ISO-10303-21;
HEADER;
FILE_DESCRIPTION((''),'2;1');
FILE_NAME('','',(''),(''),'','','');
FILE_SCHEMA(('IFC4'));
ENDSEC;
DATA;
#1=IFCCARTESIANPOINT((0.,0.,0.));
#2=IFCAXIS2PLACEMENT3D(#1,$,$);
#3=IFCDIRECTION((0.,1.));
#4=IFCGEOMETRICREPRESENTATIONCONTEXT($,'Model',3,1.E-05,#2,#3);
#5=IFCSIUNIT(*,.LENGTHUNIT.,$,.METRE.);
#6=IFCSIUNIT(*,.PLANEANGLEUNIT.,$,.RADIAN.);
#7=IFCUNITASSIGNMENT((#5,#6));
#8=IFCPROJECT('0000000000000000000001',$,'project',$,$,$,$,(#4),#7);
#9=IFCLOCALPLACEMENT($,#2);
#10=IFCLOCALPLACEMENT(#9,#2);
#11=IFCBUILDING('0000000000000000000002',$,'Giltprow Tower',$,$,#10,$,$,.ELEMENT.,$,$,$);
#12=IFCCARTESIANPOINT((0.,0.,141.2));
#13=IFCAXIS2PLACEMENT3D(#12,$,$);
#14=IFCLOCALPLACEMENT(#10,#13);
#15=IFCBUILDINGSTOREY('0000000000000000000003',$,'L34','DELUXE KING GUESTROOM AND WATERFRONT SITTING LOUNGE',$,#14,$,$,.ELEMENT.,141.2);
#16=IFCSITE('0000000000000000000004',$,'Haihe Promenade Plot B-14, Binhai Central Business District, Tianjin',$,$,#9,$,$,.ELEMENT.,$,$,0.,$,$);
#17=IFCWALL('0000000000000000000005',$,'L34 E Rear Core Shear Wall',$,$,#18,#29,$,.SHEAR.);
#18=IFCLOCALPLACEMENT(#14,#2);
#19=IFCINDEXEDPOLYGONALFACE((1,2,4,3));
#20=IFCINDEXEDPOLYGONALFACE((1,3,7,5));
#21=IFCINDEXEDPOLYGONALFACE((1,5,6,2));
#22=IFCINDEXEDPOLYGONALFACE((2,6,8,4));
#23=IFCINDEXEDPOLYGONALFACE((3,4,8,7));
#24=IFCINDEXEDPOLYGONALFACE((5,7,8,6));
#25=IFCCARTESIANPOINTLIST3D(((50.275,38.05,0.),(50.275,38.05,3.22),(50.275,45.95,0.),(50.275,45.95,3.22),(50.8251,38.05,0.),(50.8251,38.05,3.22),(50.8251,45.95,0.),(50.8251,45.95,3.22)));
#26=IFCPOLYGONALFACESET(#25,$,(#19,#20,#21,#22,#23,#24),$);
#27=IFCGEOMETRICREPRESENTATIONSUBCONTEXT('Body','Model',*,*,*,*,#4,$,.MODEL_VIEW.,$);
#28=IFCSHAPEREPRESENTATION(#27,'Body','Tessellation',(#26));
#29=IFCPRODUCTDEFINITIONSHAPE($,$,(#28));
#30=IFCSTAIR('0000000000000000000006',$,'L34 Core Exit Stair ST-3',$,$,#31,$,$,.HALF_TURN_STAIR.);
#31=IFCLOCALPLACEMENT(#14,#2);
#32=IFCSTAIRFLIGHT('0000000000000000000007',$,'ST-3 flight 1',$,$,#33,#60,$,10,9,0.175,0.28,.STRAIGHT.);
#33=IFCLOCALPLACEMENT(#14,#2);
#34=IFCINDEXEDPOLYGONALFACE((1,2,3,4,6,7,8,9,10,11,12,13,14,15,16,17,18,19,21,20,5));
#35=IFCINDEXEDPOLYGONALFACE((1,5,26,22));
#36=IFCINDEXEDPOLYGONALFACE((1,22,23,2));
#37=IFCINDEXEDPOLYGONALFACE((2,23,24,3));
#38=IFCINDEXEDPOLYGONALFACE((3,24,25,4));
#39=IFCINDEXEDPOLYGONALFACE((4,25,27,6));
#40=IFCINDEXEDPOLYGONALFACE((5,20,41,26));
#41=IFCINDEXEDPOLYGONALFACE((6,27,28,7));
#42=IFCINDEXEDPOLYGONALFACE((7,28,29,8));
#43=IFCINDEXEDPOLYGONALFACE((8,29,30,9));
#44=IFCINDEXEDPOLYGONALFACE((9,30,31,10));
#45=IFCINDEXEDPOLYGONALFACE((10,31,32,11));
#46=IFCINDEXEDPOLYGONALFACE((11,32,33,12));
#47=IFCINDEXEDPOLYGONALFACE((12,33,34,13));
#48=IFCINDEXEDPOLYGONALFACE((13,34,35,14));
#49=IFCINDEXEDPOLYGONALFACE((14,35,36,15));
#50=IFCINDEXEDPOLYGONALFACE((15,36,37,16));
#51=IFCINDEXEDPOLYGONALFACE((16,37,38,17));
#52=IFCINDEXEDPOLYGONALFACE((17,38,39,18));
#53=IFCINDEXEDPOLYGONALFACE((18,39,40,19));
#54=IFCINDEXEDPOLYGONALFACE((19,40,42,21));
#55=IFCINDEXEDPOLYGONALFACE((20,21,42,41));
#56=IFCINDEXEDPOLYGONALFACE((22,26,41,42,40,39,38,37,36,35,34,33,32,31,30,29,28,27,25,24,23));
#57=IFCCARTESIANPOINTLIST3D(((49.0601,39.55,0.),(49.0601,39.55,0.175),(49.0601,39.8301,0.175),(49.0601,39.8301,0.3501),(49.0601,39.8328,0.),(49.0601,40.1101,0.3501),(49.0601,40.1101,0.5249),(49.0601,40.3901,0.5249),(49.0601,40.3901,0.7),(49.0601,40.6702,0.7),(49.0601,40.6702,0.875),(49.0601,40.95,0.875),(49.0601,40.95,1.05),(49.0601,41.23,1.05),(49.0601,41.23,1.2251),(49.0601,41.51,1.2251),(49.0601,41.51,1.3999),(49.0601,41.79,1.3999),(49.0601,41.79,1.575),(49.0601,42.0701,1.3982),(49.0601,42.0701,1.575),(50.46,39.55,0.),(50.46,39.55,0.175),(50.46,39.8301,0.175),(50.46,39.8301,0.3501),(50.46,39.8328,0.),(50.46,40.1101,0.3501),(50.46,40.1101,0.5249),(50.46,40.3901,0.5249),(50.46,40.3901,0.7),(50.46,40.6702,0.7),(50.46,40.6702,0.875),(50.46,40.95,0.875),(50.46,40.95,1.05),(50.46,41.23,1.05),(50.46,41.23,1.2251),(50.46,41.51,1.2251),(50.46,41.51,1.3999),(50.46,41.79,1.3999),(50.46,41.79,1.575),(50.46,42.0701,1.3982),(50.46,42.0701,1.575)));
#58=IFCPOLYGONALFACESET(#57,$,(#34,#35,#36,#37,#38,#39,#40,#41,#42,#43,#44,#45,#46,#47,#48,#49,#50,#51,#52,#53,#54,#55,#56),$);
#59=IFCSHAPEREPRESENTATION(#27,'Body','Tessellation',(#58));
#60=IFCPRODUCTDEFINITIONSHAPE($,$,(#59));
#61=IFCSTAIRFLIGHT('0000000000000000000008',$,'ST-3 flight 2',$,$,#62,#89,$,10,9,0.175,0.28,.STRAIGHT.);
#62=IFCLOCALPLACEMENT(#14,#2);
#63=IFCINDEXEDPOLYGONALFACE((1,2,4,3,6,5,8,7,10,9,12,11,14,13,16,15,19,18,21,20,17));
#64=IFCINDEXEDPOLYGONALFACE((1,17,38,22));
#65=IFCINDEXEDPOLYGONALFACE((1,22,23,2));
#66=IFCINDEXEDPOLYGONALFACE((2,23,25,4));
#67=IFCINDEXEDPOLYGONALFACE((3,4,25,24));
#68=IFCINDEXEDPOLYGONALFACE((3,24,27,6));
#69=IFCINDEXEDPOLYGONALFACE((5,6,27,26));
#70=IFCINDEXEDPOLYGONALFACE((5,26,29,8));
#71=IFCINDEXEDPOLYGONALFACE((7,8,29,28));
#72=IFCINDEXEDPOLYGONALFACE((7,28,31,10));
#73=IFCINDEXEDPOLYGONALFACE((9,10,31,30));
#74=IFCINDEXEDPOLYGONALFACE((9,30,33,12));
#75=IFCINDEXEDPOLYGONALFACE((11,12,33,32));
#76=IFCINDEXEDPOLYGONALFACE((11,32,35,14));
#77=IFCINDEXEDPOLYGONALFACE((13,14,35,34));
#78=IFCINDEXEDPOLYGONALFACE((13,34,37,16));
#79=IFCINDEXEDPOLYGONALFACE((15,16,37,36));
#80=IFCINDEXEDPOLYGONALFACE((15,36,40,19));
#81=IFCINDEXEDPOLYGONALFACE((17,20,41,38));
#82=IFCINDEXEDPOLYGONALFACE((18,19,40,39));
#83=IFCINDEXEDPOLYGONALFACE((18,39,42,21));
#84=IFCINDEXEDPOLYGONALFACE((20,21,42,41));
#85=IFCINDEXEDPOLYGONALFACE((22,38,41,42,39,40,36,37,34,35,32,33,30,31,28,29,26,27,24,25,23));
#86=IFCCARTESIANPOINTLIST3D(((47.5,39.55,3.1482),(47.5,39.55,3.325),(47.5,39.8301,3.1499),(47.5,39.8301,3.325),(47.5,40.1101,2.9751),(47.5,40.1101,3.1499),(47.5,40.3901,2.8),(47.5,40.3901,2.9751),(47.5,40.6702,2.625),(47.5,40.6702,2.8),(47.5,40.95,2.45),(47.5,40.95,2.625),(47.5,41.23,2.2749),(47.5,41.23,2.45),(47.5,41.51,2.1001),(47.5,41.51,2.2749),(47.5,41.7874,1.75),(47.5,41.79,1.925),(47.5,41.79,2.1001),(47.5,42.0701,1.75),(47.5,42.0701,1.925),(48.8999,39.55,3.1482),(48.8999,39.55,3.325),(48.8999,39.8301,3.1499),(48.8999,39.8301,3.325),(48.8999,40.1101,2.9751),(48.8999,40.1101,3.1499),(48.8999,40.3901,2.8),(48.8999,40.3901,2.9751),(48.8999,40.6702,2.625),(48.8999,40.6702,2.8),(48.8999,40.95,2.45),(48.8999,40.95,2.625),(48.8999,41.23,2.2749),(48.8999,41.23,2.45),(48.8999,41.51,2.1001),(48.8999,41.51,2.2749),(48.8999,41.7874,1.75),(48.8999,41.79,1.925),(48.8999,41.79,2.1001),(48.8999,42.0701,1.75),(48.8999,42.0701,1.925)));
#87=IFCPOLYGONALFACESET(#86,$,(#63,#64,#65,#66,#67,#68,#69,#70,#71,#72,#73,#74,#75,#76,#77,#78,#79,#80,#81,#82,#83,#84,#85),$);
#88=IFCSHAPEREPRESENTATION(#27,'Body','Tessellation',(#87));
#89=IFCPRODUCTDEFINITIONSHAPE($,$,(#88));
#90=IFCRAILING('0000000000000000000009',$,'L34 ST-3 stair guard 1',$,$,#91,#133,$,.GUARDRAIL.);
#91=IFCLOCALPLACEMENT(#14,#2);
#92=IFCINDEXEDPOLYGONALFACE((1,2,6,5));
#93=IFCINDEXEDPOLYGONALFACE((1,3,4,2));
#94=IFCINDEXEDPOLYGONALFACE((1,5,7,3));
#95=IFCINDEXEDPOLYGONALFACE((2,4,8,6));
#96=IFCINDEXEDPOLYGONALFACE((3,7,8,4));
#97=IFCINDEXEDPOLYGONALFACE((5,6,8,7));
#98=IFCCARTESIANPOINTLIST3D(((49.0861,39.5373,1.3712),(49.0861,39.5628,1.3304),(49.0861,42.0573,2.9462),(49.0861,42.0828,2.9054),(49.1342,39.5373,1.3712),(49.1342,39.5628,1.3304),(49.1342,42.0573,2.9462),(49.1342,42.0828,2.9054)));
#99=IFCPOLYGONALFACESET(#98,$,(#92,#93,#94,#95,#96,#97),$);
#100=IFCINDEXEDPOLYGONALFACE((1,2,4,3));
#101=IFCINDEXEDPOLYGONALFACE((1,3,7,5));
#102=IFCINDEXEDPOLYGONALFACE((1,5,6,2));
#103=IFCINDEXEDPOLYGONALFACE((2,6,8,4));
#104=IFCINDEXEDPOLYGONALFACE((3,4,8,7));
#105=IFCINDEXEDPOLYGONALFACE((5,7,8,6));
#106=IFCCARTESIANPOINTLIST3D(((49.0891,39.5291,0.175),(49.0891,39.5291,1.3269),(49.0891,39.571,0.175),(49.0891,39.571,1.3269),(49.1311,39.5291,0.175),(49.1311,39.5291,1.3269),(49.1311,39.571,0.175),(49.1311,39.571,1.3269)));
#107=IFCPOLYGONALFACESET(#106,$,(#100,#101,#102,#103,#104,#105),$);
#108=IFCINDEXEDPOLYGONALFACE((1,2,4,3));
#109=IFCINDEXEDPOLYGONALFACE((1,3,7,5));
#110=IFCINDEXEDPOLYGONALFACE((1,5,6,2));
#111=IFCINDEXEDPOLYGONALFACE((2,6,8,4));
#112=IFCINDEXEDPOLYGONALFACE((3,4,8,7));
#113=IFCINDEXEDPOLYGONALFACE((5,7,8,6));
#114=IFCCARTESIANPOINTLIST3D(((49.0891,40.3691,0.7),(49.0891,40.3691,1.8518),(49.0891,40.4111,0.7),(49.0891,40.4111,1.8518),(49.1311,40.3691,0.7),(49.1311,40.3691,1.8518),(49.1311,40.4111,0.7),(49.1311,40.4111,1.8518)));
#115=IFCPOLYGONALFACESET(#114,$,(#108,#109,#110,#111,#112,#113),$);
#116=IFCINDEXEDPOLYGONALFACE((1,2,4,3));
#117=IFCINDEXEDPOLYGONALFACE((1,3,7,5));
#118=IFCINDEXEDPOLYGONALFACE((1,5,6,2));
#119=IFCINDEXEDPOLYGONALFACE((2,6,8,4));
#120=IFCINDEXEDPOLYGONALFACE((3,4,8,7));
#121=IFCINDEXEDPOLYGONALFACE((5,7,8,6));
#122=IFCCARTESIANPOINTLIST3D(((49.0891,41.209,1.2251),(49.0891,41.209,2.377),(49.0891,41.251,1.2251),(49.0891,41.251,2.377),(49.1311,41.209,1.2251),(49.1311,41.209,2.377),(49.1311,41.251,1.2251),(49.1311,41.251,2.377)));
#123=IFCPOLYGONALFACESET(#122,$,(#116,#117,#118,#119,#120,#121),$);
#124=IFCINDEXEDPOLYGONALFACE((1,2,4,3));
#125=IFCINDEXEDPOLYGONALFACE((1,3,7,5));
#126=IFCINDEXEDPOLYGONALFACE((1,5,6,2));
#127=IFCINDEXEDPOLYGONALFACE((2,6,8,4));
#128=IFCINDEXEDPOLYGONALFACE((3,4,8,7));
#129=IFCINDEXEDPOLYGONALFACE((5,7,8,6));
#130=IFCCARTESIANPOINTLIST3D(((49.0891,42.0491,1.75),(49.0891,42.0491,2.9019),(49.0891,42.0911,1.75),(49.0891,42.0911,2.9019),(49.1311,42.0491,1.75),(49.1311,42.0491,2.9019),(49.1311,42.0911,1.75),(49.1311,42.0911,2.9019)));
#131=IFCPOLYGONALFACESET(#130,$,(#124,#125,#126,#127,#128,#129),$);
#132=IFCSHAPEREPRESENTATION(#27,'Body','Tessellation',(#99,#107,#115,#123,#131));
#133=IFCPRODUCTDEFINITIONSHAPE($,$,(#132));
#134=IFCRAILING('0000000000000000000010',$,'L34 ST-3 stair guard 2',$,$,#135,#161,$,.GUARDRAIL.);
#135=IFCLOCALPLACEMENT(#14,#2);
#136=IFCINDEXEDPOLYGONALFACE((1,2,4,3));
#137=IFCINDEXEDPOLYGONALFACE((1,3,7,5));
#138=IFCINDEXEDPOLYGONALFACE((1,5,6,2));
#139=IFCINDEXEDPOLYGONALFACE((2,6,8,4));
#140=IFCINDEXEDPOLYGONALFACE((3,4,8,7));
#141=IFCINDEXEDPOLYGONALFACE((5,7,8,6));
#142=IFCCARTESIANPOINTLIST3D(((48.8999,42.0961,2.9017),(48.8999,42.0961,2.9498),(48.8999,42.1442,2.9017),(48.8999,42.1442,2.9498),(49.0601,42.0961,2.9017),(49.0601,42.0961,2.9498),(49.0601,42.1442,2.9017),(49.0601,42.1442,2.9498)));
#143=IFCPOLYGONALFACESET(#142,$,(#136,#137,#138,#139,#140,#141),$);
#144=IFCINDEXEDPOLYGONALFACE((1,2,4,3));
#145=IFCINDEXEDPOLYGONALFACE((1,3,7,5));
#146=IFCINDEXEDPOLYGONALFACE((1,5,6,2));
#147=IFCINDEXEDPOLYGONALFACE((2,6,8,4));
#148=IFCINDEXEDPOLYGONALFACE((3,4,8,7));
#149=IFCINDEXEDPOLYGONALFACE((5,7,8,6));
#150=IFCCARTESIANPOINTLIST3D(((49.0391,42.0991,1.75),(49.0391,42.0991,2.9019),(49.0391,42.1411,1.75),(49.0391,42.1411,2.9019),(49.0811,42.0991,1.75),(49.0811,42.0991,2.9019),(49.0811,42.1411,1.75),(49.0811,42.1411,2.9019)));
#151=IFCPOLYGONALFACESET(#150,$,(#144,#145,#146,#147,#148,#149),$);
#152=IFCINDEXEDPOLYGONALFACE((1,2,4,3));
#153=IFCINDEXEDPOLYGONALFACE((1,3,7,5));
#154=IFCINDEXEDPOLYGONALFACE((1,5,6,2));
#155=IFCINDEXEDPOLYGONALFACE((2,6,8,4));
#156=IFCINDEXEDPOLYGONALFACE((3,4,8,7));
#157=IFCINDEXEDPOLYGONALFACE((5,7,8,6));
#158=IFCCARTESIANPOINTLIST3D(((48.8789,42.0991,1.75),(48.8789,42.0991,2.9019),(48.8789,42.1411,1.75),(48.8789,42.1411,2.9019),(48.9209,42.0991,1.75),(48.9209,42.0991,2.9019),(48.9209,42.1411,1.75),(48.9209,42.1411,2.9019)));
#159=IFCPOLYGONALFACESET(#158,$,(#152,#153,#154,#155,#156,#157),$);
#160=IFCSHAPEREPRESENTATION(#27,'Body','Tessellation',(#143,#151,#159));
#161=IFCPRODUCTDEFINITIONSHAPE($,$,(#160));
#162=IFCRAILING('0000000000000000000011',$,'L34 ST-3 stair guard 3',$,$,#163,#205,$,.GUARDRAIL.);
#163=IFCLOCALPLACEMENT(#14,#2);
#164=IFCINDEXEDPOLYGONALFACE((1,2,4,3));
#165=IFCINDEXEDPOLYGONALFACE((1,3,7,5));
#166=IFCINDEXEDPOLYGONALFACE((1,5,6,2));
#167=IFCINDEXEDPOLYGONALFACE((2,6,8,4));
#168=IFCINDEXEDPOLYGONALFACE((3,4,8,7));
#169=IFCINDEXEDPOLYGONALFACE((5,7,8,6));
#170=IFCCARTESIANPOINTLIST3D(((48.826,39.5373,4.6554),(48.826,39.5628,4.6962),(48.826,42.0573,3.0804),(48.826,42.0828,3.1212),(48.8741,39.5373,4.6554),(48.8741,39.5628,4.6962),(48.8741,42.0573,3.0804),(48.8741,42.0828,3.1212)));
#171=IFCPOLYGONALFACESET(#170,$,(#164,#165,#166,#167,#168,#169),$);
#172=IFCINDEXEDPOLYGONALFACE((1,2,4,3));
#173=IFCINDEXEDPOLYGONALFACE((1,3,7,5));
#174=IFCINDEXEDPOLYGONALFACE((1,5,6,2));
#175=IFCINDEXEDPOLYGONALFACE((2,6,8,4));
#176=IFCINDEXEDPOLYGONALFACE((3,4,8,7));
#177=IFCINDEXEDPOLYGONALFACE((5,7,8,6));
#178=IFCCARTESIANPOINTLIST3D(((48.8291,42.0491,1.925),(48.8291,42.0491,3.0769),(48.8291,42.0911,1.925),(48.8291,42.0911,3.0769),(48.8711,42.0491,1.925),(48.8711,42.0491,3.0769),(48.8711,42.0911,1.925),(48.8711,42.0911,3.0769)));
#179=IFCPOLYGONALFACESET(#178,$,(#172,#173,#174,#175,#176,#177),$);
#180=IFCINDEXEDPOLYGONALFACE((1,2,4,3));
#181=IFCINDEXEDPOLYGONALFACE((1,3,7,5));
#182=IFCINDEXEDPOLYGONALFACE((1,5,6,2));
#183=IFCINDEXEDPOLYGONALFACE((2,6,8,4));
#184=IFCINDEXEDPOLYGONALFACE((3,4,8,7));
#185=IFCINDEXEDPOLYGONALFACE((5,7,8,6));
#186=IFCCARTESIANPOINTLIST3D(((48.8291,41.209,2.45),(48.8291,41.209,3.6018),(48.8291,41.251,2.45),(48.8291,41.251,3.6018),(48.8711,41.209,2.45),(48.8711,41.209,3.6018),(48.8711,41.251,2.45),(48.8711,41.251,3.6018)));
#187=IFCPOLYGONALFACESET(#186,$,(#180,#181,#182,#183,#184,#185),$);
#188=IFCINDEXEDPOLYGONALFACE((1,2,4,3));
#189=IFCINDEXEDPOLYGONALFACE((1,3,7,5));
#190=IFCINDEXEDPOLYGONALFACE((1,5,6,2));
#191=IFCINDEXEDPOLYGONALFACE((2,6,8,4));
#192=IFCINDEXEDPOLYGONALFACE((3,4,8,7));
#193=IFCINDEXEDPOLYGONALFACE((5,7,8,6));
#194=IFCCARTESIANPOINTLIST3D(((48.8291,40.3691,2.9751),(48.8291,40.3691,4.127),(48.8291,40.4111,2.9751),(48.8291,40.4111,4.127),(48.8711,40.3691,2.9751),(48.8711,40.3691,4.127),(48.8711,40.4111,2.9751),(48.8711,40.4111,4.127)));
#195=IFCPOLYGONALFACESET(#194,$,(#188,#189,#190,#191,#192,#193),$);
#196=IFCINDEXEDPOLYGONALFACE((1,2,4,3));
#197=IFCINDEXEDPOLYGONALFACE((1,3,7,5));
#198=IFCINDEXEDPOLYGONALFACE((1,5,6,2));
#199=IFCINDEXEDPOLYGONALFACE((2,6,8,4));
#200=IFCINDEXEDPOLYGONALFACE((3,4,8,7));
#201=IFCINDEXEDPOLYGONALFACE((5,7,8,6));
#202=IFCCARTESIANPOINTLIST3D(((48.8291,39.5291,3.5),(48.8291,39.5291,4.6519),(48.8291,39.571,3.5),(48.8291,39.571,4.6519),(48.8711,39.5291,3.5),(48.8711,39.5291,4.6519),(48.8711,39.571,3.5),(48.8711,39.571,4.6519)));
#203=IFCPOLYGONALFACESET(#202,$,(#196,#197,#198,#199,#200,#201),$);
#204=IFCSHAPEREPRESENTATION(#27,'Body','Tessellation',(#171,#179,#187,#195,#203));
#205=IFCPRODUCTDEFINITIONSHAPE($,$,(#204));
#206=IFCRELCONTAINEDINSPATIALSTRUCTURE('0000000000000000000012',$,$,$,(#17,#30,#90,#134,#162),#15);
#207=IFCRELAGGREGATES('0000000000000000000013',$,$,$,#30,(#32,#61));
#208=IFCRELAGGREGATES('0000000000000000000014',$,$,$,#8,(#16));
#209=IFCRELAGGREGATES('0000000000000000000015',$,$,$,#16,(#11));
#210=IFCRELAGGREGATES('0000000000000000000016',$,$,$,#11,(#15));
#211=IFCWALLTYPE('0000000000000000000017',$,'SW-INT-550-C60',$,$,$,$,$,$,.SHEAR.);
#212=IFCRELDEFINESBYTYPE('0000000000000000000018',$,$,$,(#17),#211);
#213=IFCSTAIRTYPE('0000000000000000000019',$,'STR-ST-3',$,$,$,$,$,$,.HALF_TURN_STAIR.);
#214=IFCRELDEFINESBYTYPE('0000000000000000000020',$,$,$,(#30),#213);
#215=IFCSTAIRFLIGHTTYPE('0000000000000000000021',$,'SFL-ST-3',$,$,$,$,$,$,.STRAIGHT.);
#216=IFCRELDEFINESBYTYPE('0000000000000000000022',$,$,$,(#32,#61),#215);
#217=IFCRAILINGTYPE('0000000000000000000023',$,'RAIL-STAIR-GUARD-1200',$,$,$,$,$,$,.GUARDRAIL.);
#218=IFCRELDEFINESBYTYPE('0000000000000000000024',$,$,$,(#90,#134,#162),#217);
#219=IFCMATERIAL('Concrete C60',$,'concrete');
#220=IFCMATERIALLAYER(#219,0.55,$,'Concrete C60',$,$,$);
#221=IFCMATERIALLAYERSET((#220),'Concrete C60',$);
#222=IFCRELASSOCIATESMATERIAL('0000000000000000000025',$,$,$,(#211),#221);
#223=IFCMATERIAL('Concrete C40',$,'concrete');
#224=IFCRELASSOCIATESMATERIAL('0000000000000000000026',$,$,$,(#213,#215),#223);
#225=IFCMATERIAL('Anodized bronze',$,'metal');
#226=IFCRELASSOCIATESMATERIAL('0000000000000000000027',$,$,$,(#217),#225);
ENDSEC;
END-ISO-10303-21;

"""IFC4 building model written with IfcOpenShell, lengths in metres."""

from ifc_helpers import new_model, si_unit, direction, frame, frame_2d, origin, origin_2d, place, context, subcontext, project, spatial, polyline, rectangle, outline, extrude, material, layer, layer_set, type_object, element, aggregate, save


model = new_model("IFC4")

# Units and contexts
model_context = context("Model", 3, precision=1e-05, world=origin(), true_north=direction((0.0, 1.0)))
body_context = subcontext(model_context, "Body", "Model", "MODEL_VIEW")
ifc_project = project(units=[si_unit("LENGTHUNIT", "METRE"), si_unit("PLANEANGLEUNIT", "RADIAN")], contexts=[model_context])

# Site, building, storey
site_placement = place(None, origin())
site = spatial("IfcSite", under=ifc_project, at=site_placement, Name="Haihe Promenade Plot B-14, Binhai Central Business District, Tianjin", CompositionType="ELEMENT", RefElevation=0.0)
building_placement = place(site_placement, origin())
building = spatial("IfcBuilding", under=site, at=building_placement, Name="Giltprow Tower", CompositionType="ELEMENT")
storey_placement = place(building_placement, frame((0.0, 0.0, 141.2)))
storey = spatial("IfcBuildingStorey", under=building, at=storey_placement, Name="L34", Description="DELUXE KING GUESTROOM AND WATERFRONT SITTING LOUNGE", CompositionType="ELEMENT", Elevation=141.2)

# Shared definitions
ifc_material_1 = material(Name="Concrete C60", Category="concrete")

# Shared definitions
ifc_material_2 = material(Name="Concrete C40", Category="concrete")

# Wall
ifc_layer_1 = layer(ifc_material_1, 0.55, Name="Concrete C60")
ifc_layer_set_1 = layer_set([ifc_layer_1], Name="Concrete C60")
wall_type_1 = type_object("IfcWallType", Name="SW-INT-550-C60", PredefinedType="SHEAR", material=ifc_layer_set_1)
wall_1_placement = place(storey_placement, frame((50.55, 38.05, 0.0), z_axis=(0.0, 0.0, 1.0), x_axis=(0.0, 1.0, 0.0)))
element("IfcWall", 1, at=wall_1_placement, inside=storey, type_object=wall_type_1, Name="L34 E Rear Core Shear Wall", PredefinedType="SHEAR", context=body_context, shape_type="SweptSolid", body=[
    extrude(rectangle(XDim=7.8999, YDim=0.55, at=frame_2d((3.95, 0.0))), origin(), (0.0, 0.0, 1.0), 3.22),
])

# Stair, stair flights
stair_type = type_object("IfcStairType", Name="STR-ST-3", PredefinedType="HALF_TURN_STAIR", material=ifc_material_2)
stair_placement = place(storey_placement, origin())
stair = element("IfcStair", 2, at=stair_placement, inside=storey, type_object=stair_type, Name="L34 Core Exit Stair ST-3", PredefinedType="HALF_TURN_STAIR")
stair_flight_type = type_object("IfcStairFlightType", Name="SFL-ST-3", PredefinedType="STRAIGHT", material=ifc_material_2)
stair_flight_1_placement = place(storey_placement, frame((49.76, 39.55, 0.0), z_axis=(0.0, 0.0, 1.0), x_axis=(0.0, 1.0, 0.0)))
stair_flight_1 = element("IfcStairFlight", 3, at=stair_flight_1_placement, type_object=stair_flight_type, Name="ST-3 flight 1", NumberOfRisers=10, NumberOfTreads=9, PredefinedType="STRAIGHT", RiserHeight=0.175, TreadLength=0.28, context=body_context, shape_type="SweptSolid", body=[
    extrude(outline(polyline([(0.0, 0.0), (0.0, 0.175), (0.28, 0.175), (0.28, 0.3501), (0.5601, 0.3501), (0.5601, 0.5249), (0.8401, 0.5249), (0.8401, 0.7), (1.1201, 0.7), (1.1201, 0.875), (1.3999, 0.875), (1.3999, 1.05), (1.6799, 1.05), (1.6799, 1.2251), (1.96, 1.2251), (1.96, 1.3999), (2.24, 1.3999), (2.24, 1.575), (2.52, 1.575), (2.52, 1.75), (2.52, 1.3982), (0.2827, 0.0), (0.0, 0.0)])), frame((0.0, 0.7, 0.0), z_axis=(0.0, -1.0, 0.0), x_axis=(1.0, 0.0, 0.0)), (0.0, 0.0, 1.0), 1.3999),
])
stair_flight_2_placement = place(storey_placement, frame((48.2, 42.0701, 1.75), z_axis=(0.0, 0.0, 1.0), x_axis=(0.0, -1.0, 0.0)))
stair_flight_2 = element("IfcStairFlight", 4, at=stair_flight_2_placement, type_object=stair_flight_type, Name="ST-3 flight 2", NumberOfRisers=10, NumberOfTreads=9, PredefinedType="STRAIGHT", RiserHeight=0.175, TreadLength=0.28, context=body_context, shape_type="SweptSolid", body=[
    extrude(outline(polyline([(0.0, 0.0), (0.0, 0.175), (0.28, 0.175), (0.28, 0.3501), (0.5601, 0.3501), (0.5601, 0.5249), (0.8401, 0.5249), (0.8401, 0.7), (1.1201, 0.7), (1.1201, 0.875), (1.3999, 0.875), (1.3999, 1.05), (1.6799, 1.05), (1.6799, 1.2251), (1.96, 1.2251), (1.96, 1.3999), (2.24, 1.3999), (2.24, 1.575), (2.52, 1.575), (2.52, 1.75), (2.52, 1.3982), (0.2827, 0.0), (0.0, 0.0)])), frame((0.0, 0.7, 0.0), z_axis=(0.0, -1.0, 0.0), x_axis=(1.0, 0.0, 0.0)), (0.0, 0.0, 1.0), 1.3999),
])
aggregate(stair, [stair_flight_1, stair_flight_2])

# Railings
ifc_material_3 = material(Name="Anodized bronze", Category="metal")
railing_type_1 = type_object("IfcRailingType", Name="RAIL-STAIR-GUARD-1200", PredefinedType="GUARDRAIL", material=ifc_material_3)
railing_1_placement = place(storey_placement, frame((49.1101, 39.55, 0.175)))
element("IfcRailing", 5, at=railing_1_placement, inside=storey, type_object=railing_type_1, Name="L34 ST-3 stair guard 1", PredefinedType="GUARDRAIL", context=body_context, shape_type="SweptSolid", body=[
    extrude(rectangle(XDim=0.0481, YDim=0.0481, at=origin_2d()), frame((0.0, 0.0, 1.1758), z_axis=(0.0, 0.848008, 0.529984), x_axis=(-1.0, 0.0, 0.0)), (0.0, 0.0, 1.0), 2.9717),
    extrude(rectangle(XDim=0.042, YDim=0.042, at=origin_2d()), origin(), (0.0, 0.0, 1.0), 1.1519),
    extrude(rectangle(XDim=0.042, YDim=0.042, at=origin_2d()), frame((0.0, 0.8401, 0.5249)), (0.0, 0.0, 1.0), 1.1519),
    extrude(rectangle(XDim=0.042, YDim=0.042, at=origin_2d()), frame((0.0, 1.6799, 1.05)), (0.0, 0.0, 1.0), 1.1519),
    extrude(rectangle(XDim=0.042, YDim=0.042, at=origin_2d()), frame((0.0, 2.52, 1.575)), (0.0, 0.0, 1.0), 1.1519),
])
railing_2_placement = place(storey_placement, frame((49.0601, 42.1201, 1.75)))
element("IfcRailing", 6, at=railing_2_placement, inside=storey, type_object=railing_type_1, Name="L34 ST-3 stair guard 2", PredefinedType="GUARDRAIL", context=body_context, shape_type="SweptSolid", body=[
    extrude(rectangle(XDim=0.0481, YDim=0.0481, at=origin_2d()), frame((0.0, 0.0, 1.1758), z_axis=(-1.0, 0.0, 0.0), x_axis=(0.0, -1.0, 0.0)), (0.0, 0.0, 1.0), 0.1602),
    extrude(rectangle(XDim=0.042, YDim=0.042, at=origin_2d()), origin(), (0.0, 0.0, 1.0), 1.1519),
    extrude(rectangle(XDim=0.042, YDim=0.042, at=origin_2d()), frame((-0.1602, 0.0, 0.0)), (0.0, 0.0, 1.0), 1.1519),
])
railing_3_placement = place(storey_placement, frame((48.8501, 42.0701, 1.925)))
element("IfcRailing", 7, at=railing_3_placement, inside=storey, type_object=railing_type_1, Name="L34 ST-3 stair guard 3", PredefinedType="GUARDRAIL", context=body_context, shape_type="SweptSolid", body=[
    extrude(rectangle(XDim=0.0481, YDim=0.0481, at=origin_2d()), frame((0.0, 0.0, 1.1758), z_axis=(0.0, -0.848008, 0.529984), x_axis=(1.0, 0.0, 0.0)), (0.0, 0.0, 1.0), 2.9717),
    extrude(rectangle(XDim=0.042, YDim=0.042, at=origin_2d()), origin(), (0.0, 0.0, 1.0), 1.1519),
    extrude(rectangle(XDim=0.042, YDim=0.042, at=origin_2d()), frame((0.0, -0.8401, 0.5249)), (0.0, 0.0, 1.0), 1.1519),
    extrude(rectangle(XDim=0.042, YDim=0.042, at=origin_2d()), frame((0.0, -1.6799, 1.05)), (0.0, 0.0, 1.0), 1.1519),
    extrude(rectangle(XDim=0.042, YDim=0.042, at=origin_2d()), frame((0.0, -2.52, 1.575)), (0.0, 0.0, 1.0), 1.1519),
])

save(model, "model.ifc")
